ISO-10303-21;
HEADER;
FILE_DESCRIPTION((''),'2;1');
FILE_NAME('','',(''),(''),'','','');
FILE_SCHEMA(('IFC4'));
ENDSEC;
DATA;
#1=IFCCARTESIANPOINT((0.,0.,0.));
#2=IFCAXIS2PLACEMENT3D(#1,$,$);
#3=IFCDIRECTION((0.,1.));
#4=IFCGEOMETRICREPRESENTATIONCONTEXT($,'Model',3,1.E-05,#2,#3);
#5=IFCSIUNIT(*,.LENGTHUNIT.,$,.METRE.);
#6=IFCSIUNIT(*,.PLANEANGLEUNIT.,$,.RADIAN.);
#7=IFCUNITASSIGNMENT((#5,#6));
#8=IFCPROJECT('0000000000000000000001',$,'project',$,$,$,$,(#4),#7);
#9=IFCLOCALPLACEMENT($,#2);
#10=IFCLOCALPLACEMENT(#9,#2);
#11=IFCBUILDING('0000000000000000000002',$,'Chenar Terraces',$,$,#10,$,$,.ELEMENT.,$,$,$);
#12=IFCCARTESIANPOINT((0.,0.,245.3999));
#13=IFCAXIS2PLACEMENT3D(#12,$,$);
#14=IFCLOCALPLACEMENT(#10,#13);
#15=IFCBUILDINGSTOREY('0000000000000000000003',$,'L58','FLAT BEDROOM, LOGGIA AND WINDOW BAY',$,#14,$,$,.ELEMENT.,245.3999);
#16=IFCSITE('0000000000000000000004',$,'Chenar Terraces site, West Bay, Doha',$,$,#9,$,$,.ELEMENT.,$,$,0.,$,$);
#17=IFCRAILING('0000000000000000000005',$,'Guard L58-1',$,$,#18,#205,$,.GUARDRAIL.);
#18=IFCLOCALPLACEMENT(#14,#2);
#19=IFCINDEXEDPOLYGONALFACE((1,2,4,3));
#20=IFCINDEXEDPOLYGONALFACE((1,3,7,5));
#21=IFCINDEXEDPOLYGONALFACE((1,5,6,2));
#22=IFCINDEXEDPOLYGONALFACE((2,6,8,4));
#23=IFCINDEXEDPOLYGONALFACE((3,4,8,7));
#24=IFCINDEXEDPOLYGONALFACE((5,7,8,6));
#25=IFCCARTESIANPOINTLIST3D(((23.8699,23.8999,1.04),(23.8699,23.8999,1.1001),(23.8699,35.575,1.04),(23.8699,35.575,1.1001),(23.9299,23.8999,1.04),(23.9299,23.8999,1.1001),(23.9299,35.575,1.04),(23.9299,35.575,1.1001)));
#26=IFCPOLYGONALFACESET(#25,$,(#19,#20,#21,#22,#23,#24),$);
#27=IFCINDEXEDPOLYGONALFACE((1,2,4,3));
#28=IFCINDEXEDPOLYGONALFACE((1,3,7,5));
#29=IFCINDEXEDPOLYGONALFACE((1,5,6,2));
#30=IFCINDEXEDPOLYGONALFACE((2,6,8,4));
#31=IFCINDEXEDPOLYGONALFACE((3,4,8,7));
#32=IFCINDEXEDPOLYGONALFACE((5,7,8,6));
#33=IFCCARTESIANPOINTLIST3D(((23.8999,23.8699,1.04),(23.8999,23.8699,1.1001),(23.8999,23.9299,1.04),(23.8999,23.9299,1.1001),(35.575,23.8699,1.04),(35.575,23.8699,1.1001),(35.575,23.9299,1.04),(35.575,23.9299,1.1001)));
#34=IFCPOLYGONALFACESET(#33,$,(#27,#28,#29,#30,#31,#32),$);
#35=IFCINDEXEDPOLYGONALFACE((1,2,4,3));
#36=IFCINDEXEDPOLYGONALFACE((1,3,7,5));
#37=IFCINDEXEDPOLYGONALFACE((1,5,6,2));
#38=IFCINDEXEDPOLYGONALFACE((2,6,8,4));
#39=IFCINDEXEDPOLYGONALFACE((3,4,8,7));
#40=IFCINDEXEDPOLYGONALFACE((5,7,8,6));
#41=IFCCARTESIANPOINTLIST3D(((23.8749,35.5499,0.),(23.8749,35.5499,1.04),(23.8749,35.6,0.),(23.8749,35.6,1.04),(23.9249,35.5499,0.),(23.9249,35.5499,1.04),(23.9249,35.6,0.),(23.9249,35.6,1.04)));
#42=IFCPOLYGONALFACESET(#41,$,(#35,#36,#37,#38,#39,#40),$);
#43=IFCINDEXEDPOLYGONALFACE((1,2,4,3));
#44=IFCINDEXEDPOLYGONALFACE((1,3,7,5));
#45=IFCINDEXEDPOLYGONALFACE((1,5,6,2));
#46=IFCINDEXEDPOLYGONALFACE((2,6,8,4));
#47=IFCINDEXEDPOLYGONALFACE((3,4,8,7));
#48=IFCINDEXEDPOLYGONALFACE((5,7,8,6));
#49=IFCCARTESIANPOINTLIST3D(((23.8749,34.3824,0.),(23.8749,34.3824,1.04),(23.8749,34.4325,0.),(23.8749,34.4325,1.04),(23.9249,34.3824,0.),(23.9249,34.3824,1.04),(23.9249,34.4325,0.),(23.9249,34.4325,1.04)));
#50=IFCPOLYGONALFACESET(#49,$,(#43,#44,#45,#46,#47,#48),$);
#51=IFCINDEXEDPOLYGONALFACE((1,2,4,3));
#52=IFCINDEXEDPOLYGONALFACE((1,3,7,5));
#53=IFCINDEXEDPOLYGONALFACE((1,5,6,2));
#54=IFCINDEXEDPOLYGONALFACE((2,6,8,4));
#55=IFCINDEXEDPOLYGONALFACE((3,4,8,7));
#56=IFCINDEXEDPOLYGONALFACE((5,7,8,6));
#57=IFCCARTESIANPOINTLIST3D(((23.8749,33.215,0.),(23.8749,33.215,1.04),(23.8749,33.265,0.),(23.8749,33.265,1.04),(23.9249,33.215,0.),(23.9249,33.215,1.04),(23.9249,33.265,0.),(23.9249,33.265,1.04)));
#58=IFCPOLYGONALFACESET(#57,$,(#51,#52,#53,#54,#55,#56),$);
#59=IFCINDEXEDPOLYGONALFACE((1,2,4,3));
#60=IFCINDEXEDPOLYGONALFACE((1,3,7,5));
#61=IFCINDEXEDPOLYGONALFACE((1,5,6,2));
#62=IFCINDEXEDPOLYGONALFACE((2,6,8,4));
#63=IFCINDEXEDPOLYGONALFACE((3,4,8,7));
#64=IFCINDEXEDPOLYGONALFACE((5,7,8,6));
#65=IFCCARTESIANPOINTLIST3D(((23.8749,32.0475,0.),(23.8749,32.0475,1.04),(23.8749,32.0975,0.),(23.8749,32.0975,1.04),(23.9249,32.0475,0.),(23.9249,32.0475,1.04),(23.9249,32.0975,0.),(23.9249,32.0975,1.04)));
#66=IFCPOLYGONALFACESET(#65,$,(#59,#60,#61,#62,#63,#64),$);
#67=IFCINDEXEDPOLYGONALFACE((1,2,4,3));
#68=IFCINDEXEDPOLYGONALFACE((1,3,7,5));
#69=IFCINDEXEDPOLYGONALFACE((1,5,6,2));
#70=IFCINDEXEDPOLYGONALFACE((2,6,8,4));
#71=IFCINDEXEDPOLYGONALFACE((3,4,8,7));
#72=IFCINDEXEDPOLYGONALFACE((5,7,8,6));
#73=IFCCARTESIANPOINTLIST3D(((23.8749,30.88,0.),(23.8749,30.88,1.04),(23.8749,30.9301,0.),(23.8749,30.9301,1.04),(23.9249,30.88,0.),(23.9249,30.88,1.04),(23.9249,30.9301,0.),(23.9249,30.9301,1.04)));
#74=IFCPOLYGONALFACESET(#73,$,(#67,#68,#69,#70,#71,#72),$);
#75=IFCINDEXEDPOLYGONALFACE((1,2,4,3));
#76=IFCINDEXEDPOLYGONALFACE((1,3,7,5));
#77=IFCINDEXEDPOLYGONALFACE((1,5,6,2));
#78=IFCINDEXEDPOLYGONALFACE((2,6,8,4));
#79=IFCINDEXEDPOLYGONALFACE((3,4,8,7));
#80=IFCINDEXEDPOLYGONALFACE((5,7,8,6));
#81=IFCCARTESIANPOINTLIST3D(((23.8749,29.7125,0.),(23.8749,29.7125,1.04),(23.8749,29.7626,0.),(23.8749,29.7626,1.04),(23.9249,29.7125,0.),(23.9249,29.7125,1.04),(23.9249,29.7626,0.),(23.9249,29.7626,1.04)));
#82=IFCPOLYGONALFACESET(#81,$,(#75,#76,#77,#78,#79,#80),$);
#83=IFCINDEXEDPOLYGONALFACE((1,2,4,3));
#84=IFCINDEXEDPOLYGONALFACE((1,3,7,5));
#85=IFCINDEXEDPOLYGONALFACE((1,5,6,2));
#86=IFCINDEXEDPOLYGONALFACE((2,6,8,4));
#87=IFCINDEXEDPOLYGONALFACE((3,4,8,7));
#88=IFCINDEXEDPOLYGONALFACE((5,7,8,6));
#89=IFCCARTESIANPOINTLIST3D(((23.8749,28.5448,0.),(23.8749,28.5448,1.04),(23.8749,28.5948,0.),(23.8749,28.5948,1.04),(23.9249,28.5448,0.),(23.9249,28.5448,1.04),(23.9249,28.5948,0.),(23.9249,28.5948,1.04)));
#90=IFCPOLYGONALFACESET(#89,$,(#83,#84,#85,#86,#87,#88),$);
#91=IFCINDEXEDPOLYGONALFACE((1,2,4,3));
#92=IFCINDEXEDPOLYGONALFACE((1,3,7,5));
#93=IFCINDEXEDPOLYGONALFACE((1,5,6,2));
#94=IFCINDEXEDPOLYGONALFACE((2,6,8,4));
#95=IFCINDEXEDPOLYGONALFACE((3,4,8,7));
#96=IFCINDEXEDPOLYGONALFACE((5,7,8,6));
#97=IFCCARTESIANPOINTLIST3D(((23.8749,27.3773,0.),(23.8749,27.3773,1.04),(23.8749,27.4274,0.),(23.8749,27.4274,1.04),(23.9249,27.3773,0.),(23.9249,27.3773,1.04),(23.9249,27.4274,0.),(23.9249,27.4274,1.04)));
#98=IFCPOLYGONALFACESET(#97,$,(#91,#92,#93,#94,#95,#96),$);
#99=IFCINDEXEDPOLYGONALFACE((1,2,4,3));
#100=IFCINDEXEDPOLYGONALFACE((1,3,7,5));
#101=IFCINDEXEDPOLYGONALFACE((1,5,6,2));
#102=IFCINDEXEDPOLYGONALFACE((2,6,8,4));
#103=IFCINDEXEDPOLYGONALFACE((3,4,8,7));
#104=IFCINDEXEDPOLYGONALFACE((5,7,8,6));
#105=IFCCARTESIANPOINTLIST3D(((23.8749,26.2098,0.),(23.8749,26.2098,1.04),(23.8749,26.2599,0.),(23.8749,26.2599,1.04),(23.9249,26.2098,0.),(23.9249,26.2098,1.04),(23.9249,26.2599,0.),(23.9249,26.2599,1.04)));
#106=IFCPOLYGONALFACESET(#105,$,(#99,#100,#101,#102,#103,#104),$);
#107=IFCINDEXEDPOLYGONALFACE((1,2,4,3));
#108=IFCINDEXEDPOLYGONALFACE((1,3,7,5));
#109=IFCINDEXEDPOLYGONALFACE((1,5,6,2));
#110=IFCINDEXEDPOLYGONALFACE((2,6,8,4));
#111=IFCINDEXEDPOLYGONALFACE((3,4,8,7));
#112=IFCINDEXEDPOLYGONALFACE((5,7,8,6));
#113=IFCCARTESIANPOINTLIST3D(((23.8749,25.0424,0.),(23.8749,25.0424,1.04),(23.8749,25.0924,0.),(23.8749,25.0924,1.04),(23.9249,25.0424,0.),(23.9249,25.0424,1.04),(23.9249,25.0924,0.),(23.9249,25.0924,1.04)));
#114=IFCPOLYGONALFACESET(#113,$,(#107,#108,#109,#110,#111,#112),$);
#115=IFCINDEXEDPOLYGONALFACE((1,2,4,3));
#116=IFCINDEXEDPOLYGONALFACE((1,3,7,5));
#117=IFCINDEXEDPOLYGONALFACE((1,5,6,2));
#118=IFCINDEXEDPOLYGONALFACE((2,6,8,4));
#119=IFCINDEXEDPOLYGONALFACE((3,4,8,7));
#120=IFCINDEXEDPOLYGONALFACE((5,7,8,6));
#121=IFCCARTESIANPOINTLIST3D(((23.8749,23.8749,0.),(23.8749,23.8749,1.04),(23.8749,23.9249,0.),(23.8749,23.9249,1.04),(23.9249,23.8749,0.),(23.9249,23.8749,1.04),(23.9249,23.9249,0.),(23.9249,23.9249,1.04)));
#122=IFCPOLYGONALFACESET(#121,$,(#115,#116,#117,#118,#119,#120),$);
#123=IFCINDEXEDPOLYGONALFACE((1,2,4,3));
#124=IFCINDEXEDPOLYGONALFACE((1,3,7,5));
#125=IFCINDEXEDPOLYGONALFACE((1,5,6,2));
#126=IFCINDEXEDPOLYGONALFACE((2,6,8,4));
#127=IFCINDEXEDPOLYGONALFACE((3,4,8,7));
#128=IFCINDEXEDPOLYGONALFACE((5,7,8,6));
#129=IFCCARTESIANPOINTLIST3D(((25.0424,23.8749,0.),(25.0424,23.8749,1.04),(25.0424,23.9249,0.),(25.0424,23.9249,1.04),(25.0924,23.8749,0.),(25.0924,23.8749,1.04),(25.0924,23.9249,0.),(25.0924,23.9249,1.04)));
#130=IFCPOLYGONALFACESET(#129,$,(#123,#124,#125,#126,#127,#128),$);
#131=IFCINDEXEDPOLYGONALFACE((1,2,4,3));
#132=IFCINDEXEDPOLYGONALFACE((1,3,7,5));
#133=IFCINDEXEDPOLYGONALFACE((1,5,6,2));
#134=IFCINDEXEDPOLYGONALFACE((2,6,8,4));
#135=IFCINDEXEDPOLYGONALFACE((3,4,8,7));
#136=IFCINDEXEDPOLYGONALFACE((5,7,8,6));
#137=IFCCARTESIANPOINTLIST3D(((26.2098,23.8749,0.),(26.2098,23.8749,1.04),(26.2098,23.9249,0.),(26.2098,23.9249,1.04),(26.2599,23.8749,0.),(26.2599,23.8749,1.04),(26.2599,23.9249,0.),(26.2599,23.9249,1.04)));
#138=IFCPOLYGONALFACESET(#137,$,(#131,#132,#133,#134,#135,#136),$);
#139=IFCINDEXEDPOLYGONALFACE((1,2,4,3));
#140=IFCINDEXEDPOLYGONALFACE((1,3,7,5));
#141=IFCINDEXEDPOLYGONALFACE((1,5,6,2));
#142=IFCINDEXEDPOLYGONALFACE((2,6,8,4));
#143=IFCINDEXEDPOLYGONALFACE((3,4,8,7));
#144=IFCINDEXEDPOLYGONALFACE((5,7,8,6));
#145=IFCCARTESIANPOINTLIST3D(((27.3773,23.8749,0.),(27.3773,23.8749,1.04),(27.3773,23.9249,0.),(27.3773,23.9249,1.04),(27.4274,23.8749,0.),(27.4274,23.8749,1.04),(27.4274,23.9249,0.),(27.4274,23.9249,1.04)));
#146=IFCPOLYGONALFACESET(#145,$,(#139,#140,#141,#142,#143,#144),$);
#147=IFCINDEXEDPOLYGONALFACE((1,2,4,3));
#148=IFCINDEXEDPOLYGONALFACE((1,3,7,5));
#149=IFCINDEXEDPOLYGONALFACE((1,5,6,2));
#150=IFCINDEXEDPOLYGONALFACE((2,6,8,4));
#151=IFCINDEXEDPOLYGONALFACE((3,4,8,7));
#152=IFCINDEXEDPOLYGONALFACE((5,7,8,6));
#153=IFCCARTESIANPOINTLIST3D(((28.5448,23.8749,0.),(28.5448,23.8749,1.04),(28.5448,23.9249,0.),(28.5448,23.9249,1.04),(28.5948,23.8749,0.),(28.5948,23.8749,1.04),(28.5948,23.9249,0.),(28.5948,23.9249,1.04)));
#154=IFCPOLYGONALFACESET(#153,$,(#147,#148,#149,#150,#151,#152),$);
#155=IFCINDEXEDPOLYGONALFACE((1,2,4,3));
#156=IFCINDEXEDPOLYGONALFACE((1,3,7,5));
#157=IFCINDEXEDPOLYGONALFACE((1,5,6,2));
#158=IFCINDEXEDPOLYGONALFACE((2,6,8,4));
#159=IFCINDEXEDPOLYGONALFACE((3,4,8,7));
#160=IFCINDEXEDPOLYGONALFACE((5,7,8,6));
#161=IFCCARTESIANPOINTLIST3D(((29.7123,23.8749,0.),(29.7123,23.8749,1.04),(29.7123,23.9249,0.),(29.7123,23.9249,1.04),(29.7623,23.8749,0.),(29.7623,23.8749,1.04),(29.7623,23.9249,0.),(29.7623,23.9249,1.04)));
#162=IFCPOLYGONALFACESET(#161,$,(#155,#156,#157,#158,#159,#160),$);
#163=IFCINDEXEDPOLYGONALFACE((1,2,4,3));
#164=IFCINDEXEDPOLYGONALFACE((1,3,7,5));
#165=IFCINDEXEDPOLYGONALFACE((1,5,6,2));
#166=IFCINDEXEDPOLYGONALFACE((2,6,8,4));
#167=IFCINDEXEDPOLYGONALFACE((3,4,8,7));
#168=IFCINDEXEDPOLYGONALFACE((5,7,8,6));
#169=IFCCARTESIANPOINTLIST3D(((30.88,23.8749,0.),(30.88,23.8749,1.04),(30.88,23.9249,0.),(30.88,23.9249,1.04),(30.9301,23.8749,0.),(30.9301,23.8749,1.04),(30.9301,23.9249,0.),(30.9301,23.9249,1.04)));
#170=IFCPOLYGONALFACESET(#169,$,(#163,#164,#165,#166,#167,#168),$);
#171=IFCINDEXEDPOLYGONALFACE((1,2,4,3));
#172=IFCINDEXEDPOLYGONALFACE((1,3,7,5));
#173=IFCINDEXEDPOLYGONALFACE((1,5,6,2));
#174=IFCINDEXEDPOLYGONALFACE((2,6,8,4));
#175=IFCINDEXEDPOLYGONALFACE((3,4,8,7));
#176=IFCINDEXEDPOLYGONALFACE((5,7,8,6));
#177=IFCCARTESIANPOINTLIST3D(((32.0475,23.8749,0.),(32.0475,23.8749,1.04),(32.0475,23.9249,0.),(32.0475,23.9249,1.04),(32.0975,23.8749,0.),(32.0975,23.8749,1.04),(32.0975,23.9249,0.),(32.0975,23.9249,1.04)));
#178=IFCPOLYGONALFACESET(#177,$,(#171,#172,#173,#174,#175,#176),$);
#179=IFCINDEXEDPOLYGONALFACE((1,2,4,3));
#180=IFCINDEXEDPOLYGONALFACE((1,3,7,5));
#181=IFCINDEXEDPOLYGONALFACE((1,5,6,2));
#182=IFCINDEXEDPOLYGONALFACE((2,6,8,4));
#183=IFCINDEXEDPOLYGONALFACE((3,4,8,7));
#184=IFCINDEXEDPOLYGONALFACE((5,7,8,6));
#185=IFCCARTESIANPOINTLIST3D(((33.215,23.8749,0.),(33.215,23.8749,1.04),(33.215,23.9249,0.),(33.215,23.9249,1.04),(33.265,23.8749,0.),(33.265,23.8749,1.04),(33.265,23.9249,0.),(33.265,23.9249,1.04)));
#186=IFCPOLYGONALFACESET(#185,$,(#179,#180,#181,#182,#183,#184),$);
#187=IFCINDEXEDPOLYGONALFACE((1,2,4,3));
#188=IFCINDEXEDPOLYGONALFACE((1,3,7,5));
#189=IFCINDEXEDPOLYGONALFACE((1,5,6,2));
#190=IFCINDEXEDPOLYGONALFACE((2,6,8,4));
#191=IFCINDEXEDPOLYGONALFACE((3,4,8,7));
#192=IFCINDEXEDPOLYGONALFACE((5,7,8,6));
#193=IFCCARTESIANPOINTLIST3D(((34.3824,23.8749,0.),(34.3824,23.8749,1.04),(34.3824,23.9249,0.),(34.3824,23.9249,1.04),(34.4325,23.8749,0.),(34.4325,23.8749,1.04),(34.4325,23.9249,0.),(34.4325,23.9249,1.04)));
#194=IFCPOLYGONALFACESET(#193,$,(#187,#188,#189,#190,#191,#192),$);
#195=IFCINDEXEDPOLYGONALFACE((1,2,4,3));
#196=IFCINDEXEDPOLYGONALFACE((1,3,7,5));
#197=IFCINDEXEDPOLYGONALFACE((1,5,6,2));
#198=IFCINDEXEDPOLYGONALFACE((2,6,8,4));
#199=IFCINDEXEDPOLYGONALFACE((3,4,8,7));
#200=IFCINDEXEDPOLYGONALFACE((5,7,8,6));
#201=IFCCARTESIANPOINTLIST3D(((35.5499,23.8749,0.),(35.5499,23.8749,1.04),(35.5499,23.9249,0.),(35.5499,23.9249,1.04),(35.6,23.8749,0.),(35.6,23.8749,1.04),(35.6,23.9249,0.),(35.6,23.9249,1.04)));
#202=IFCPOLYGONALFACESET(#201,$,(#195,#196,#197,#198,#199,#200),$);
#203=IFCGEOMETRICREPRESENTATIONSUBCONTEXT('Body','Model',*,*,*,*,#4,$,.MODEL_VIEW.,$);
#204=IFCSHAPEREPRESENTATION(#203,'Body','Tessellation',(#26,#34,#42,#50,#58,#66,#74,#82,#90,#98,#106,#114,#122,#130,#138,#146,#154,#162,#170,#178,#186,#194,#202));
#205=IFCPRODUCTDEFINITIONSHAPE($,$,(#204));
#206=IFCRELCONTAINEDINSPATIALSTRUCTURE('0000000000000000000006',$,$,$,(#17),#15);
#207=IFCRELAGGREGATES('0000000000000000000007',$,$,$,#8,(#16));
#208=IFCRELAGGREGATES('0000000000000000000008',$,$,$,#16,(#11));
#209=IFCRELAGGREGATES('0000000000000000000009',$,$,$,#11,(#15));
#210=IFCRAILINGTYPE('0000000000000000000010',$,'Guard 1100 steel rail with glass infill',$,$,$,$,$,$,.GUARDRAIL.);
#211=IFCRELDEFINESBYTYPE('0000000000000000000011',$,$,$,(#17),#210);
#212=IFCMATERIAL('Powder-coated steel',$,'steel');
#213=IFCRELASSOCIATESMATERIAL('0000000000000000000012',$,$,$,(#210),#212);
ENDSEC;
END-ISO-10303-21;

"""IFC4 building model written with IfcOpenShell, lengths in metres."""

from ifc_helpers import new_model, si_unit, direction, frame, origin, origin_2d, place, context, subcontext, project, spatial, rectangle, extrude, material, type_object, element, save


model = new_model("IFC4")

# Units and contexts
model_context = context("Model", 3, precision=1e-05, world=origin(), true_north=direction((0.0, 1.0)))
body_context = subcontext(model_context, "Body", "Model", "MODEL_VIEW")
ifc_project = project(units=[si_unit("LENGTHUNIT", "METRE"), si_unit("PLANEANGLEUNIT", "RADIAN")], contexts=[model_context])

# Site, building, storey
site_placement = place(None, origin())
site = spatial("IfcSite", under=ifc_project, at=site_placement, Name="Chenar Terraces site, West Bay, Doha", CompositionType="ELEMENT", RefElevation=0.0)
building_placement = place(site_placement, origin())
building = spatial("IfcBuilding", under=site, at=building_placement, Name="Chenar Terraces", CompositionType="ELEMENT")
storey_placement = place(building_placement, frame((0.0, 0.0, 245.3999)))
storey = spatial("IfcBuildingStorey", under=building, at=storey_placement, Name="L58", Description="FLAT BEDROOM, LOGGIA AND WINDOW BAY", CompositionType="ELEMENT", Elevation=245.3999)

# Railing
ifc_material_1 = material(Name="Powder-coated steel", Category="steel")
railing_type = type_object("IfcRailingType", Name="Guard 1100 steel rail with glass infill", PredefinedType="GUARDRAIL", material=ifc_material_1)
railing_placement = place(storey_placement, frame((23.8999, 35.575, 0.0)))
element("IfcRailing", 1, at=railing_placement, inside=storey, type_object=railing_type, Name="Guard L58-1", PredefinedType="GUARDRAIL", context=body_context, shape_type="SweptSolid", body=[
    extrude(rectangle(XDim=0.0601, YDim=0.0601, at=origin_2d()), frame((0.0, 0.0, 1.0701), z_axis=(0.0, -1.0, 0.0), x_axis=(1.0, 0.0, 0.0)), (0.0, 0.0, 1.0), 11.675),
    extrude(rectangle(XDim=0.0601, YDim=0.0601, at=origin_2d()), frame((0.0, -11.675, 1.0701), z_axis=(1.0, 0.0, 0.0), x_axis=(0.0, 1.0, 0.0)), (0.0, 0.0, 1.0), 11.675),
    extrude(rectangle(XDim=0.05, YDim=0.05, at=origin_2d()), origin(), (0.0, 0.0, 1.0), 1.04),
    extrude(rectangle(XDim=0.05, YDim=0.05, at=origin_2d()), frame((0.0, -1.1675, 0.0)), (0.0, 0.0, 1.0), 1.04),
    extrude(rectangle(XDim=0.05, YDim=0.05, at=origin_2d()), frame((0.0, -2.335, 0.0)), (0.0, 0.0, 1.0), 1.04),
    extrude(rectangle(XDim=0.05, YDim=0.05, at=origin_2d()), frame((0.0, -3.5024, 0.0)), (0.0, 0.0, 1.0), 1.04),
    extrude(rectangle(XDim=0.05, YDim=0.05, at=origin_2d()), frame((0.0, -4.6699, 0.0)), (0.0, 0.0, 1.0), 1.04),
    extrude(rectangle(XDim=0.05, YDim=0.05, at=origin_2d()), frame((0.0, -5.8374, 0.0)), (0.0, 0.0, 1.0), 1.04),
    extrude(rectangle(XDim=0.05, YDim=0.05, at=origin_2d()), frame((0.0, -7.0051, 0.0)), (0.0, 0.0, 1.0), 1.04),
    extrude(rectangle(XDim=0.05, YDim=0.05, at=origin_2d()), frame((0.0, -8.1726, 0.0)), (0.0, 0.0, 1.0), 1.04),
    extrude(rectangle(XDim=0.05, YDim=0.05, at=origin_2d()), frame((0.0, -9.3401, 0.0)), (0.0, 0.0, 1.0), 1.04),
    extrude(rectangle(XDim=0.05, YDim=0.05, at=origin_2d()), frame((0.0, -10.5076, 0.0)), (0.0, 0.0, 1.0), 1.04),
    extrude(rectangle(XDim=0.05, YDim=0.05, at=origin_2d()), frame((0.0, -11.675, 0.0)), (0.0, 0.0, 1.0), 1.04),
    extrude(rectangle(XDim=0.05, YDim=0.05, at=origin_2d()), frame((1.1675, -11.675, 0.0)), (0.0, 0.0, 1.0), 1.04),
    extrude(rectangle(XDim=0.05, YDim=0.05, at=origin_2d()), frame((2.335, -11.675, 0.0)), (0.0, 0.0, 1.0), 1.04),
    extrude(rectangle(XDim=0.05, YDim=0.05, at=origin_2d()), frame((3.5024, -11.675, 0.0)), (0.0, 0.0, 1.0), 1.04),
    extrude(rectangle(XDim=0.05, YDim=0.05, at=origin_2d()), frame((4.6699, -11.675, 0.0)), (0.0, 0.0, 1.0), 1.04),
    extrude(rectangle(XDim=0.05, YDim=0.05, at=origin_2d()), frame((5.8374, -11.675, 0.0)), (0.0, 0.0, 1.0), 1.04),
    extrude(rectangle(XDim=0.05, YDim=0.05, at=origin_2d()), frame((7.0051, -11.675, 0.0)), (0.0, 0.0, 1.0), 1.04),
    extrude(rectangle(XDim=0.05, YDim=0.05, at=origin_2d()), frame((8.1726, -11.675, 0.0)), (0.0, 0.0, 1.0), 1.04),
    extrude(rectangle(XDim=0.05, YDim=0.05, at=origin_2d()), frame((9.3401, -11.675, 0.0)), (0.0, 0.0, 1.0), 1.04),
    extrude(rectangle(XDim=0.05, YDim=0.05, at=origin_2d()), frame((10.5076, -11.675, 0.0)), (0.0, 0.0, 1.0), 1.04),
    extrude(rectangle(XDim=0.05, YDim=0.05, at=origin_2d()), frame((11.675, -11.675, 0.0)), (0.0, 0.0, 1.0), 1.04),
])

save(model, "model.ifc")
